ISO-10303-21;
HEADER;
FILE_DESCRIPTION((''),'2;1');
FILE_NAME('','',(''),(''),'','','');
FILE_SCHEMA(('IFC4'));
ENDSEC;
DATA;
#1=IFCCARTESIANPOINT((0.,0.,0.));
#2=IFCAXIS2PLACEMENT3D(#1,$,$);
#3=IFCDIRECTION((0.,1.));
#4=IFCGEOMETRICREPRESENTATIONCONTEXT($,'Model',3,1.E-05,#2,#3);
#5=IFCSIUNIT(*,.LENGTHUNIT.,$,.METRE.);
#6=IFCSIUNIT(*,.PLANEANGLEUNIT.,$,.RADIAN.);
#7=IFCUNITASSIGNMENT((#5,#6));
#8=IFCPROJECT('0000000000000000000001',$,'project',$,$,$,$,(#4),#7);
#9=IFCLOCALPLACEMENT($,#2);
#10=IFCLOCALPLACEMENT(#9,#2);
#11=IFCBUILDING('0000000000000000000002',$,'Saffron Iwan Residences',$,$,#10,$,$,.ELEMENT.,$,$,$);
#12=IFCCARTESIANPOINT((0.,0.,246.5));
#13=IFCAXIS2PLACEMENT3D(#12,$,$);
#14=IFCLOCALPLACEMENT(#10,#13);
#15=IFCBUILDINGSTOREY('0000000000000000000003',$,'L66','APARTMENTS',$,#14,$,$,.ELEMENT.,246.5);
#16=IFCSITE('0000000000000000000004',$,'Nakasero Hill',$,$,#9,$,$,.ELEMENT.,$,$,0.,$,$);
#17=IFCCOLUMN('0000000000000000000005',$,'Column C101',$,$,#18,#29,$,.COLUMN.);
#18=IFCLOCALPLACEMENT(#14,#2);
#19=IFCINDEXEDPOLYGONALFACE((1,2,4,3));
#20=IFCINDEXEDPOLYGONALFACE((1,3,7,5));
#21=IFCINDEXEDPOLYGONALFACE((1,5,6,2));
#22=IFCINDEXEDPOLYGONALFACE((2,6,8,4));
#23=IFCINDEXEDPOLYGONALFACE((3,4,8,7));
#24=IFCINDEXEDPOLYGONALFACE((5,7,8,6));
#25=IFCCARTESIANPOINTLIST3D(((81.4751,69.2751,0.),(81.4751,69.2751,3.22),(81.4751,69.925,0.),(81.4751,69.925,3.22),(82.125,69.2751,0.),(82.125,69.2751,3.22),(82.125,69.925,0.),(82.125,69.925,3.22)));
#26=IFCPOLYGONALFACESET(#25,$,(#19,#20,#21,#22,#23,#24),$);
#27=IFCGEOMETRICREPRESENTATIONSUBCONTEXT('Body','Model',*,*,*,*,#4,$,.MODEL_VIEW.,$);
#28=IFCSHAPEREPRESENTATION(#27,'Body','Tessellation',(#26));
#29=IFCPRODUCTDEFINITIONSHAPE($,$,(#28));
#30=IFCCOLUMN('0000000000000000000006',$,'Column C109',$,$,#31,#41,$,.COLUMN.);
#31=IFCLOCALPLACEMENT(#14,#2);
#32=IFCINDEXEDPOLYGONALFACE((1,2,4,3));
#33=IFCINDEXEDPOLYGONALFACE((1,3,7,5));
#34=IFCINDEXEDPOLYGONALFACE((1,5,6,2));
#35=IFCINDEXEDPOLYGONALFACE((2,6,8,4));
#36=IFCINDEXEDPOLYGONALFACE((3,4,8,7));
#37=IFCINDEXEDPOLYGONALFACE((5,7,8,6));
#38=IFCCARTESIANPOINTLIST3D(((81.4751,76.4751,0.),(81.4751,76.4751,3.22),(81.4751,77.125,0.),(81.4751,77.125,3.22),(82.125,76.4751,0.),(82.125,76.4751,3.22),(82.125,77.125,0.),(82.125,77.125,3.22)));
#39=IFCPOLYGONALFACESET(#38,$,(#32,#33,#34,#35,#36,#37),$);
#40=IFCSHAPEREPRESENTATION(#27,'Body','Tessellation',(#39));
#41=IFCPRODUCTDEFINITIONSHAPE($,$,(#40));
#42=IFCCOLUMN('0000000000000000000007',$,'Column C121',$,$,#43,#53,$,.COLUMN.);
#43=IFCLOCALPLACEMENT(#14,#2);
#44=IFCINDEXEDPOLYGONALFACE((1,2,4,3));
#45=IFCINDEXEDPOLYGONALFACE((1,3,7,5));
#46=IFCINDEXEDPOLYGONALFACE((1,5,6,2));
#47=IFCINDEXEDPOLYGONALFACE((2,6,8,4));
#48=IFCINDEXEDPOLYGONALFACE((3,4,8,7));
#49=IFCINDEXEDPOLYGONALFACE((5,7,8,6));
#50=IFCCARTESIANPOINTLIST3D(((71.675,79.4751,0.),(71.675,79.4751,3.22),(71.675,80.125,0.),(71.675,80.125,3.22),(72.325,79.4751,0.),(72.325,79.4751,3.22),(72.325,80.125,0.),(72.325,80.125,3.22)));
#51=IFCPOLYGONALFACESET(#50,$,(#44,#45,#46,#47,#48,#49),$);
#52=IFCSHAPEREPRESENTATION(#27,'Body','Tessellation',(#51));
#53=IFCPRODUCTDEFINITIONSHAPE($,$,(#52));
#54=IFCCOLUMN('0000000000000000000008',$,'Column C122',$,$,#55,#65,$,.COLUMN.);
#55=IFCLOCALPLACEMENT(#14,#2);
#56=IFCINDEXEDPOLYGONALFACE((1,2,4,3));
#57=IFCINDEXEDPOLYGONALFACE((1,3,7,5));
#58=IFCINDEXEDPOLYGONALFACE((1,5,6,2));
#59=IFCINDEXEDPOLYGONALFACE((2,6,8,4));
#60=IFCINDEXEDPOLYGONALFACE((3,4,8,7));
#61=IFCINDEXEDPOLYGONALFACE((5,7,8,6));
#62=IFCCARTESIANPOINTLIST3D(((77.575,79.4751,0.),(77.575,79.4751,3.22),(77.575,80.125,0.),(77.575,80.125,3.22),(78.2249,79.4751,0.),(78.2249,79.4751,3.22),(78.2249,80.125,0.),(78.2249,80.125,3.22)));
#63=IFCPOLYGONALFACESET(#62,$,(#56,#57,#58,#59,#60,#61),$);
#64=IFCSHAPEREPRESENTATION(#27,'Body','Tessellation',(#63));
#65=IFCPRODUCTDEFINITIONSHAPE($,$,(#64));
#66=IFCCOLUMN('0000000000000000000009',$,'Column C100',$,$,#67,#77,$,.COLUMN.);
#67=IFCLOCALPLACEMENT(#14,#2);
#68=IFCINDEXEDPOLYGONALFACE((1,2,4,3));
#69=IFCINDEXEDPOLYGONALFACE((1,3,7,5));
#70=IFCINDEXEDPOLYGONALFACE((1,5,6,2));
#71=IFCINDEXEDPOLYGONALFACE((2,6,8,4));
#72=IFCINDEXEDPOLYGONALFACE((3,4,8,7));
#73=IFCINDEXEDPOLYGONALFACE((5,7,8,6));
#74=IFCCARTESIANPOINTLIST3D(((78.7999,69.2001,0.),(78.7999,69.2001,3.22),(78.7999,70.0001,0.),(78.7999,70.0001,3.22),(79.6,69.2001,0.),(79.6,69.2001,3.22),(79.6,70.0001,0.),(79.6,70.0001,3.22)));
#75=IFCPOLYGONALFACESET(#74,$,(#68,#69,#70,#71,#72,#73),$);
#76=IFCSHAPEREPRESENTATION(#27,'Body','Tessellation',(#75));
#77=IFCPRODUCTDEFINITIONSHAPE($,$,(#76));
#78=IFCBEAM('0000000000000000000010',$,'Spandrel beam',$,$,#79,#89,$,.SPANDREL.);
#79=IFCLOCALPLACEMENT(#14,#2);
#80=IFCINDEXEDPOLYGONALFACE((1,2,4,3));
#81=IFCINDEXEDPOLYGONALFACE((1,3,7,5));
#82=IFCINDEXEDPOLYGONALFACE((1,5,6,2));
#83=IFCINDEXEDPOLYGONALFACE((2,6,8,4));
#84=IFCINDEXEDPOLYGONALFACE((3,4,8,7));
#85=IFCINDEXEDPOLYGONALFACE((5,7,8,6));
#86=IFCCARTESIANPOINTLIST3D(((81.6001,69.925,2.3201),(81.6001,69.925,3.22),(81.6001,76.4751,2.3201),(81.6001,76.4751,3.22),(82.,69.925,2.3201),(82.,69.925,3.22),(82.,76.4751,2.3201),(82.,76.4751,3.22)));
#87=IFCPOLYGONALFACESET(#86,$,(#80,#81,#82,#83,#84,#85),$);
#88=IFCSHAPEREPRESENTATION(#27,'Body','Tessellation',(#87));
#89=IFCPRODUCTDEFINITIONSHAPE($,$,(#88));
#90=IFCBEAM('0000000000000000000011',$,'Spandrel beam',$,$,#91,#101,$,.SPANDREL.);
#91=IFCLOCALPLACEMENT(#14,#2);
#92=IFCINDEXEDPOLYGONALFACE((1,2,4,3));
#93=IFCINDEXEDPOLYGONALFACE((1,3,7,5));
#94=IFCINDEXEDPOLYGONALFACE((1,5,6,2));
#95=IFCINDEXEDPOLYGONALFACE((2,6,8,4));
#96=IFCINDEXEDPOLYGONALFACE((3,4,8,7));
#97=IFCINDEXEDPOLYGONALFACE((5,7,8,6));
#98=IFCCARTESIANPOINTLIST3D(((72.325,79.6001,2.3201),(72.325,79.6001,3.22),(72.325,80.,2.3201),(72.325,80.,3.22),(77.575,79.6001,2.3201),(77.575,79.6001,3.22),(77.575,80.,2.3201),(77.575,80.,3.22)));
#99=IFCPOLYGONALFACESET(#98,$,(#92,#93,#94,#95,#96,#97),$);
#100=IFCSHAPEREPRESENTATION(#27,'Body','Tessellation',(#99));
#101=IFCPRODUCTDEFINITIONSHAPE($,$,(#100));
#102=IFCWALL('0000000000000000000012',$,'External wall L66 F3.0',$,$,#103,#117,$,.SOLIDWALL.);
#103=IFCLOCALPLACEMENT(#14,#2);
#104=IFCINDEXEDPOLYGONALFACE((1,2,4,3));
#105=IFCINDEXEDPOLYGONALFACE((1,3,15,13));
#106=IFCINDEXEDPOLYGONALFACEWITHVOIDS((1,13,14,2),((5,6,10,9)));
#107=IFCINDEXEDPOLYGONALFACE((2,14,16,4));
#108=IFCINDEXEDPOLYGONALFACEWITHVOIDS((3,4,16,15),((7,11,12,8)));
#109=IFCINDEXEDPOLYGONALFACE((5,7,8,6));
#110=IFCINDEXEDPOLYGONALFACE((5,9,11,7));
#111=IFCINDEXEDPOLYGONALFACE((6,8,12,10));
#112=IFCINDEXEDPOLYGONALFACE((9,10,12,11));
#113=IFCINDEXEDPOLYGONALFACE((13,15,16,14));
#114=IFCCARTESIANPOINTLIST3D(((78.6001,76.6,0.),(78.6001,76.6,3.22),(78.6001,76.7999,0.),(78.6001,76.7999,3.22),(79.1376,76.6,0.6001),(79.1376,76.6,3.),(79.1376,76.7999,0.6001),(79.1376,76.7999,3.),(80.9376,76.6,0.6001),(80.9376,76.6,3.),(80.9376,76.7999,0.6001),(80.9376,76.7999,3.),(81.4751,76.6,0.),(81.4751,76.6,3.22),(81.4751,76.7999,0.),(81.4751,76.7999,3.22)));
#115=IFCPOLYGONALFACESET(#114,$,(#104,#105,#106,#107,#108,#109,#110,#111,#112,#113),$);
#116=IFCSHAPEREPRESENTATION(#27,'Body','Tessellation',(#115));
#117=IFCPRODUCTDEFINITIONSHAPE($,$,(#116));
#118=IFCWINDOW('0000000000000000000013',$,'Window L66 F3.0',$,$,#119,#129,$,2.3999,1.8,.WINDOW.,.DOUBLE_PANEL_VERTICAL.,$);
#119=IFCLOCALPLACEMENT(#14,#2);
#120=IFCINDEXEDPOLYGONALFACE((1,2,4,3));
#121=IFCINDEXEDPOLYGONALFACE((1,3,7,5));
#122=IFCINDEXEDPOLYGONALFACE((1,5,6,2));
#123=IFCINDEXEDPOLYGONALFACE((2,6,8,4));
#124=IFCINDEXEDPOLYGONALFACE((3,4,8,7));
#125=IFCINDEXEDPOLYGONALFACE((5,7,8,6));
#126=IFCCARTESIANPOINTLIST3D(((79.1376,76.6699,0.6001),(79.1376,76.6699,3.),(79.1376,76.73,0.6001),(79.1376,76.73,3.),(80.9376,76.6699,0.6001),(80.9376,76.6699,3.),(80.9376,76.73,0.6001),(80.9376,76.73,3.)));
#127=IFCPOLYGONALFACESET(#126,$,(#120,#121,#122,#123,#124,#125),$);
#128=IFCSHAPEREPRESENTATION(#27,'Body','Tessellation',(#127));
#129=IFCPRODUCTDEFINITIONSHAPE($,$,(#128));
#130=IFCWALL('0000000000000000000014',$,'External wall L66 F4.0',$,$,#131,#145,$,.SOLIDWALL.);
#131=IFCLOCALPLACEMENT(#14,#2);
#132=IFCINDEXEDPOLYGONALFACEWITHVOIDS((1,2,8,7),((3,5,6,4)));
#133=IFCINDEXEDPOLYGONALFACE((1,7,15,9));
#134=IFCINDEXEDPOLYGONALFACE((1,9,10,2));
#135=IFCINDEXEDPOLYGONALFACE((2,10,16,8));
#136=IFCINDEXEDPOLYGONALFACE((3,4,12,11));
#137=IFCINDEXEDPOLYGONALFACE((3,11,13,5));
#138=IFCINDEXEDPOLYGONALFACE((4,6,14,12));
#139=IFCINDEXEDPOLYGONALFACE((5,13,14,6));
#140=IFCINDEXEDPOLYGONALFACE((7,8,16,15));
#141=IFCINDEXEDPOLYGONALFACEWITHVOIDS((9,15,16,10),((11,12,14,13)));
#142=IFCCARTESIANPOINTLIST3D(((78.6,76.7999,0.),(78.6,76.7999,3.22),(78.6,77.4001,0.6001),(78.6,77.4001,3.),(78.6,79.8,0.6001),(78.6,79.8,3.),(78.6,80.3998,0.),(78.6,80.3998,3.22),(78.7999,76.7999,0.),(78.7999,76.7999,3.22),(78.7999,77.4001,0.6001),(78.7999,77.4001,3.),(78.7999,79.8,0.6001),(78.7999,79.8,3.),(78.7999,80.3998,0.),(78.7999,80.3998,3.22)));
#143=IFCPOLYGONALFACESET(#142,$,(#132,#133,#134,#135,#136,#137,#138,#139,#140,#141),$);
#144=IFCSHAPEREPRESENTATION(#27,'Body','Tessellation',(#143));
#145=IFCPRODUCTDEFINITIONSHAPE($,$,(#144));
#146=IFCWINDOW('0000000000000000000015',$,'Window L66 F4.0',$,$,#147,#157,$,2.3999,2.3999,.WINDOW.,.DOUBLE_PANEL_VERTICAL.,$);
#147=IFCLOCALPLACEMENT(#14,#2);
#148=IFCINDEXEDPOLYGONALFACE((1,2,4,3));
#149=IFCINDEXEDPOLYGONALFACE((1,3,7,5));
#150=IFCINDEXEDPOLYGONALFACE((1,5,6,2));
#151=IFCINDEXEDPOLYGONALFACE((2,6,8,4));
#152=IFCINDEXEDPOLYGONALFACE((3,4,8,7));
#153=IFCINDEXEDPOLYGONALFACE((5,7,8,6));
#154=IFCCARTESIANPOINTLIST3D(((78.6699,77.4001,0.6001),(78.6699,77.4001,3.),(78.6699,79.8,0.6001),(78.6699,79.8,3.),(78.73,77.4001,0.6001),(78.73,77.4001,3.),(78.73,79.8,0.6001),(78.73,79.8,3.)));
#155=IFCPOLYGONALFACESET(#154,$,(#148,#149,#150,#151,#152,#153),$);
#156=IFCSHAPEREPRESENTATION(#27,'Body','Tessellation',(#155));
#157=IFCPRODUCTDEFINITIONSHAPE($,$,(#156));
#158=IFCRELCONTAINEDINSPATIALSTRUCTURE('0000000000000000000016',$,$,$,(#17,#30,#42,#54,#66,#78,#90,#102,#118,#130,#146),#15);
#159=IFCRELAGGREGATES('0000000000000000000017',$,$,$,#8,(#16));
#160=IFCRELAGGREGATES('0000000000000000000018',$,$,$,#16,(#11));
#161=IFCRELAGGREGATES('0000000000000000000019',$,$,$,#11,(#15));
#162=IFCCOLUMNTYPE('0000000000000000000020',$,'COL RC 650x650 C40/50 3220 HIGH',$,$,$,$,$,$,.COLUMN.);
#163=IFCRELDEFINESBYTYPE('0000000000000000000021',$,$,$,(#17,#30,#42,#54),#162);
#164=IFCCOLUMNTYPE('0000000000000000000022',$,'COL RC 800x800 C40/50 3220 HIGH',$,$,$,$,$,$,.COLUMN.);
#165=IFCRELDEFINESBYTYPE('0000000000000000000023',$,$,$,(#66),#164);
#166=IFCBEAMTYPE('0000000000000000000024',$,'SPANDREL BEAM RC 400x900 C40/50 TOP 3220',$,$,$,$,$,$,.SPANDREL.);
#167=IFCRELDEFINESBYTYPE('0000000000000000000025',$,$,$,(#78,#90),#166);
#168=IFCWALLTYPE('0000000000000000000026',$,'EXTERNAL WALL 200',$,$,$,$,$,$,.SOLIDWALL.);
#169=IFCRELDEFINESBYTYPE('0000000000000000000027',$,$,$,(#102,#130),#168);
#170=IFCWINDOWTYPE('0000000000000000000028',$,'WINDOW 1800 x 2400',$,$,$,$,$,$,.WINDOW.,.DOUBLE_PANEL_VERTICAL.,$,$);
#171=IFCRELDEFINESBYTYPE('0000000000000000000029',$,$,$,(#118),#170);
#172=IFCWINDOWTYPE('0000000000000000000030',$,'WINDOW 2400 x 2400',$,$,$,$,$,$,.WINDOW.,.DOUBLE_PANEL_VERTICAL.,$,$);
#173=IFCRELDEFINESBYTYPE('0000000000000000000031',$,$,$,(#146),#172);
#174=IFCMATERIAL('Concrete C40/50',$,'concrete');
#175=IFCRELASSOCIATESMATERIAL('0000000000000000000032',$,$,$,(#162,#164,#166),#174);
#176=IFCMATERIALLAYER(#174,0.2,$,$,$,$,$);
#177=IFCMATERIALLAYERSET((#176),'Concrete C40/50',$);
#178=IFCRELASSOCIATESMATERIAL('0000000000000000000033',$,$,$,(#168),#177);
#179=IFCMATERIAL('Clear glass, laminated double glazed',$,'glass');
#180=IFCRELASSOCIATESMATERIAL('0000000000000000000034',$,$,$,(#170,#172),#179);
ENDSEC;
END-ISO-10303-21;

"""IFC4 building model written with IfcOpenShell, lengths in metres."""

from ifc_helpers import new_model, si_unit, direction, frame, frame_2d, origin, origin_2d, place, context, subcontext, project, spatial, rectangle, extrude, source, transform, mapped, material, layer, layer_set, material_profile, profile_set, type_object, element, fill, save


model = new_model("IFC4")

# Units and contexts
model_context = context("Model", 3, precision=1e-05, world=origin(), true_north=direction((0.0, 1.0)))
body_context = subcontext(model_context, "Body", "Model", "MODEL_VIEW")
ifc_project = project(units=[si_unit("LENGTHUNIT", "METRE"), si_unit("PLANEANGLEUNIT", "RADIAN")], contexts=[model_context])

# Site, building, storey
site_placement = place(None, origin())
site = spatial("IfcSite", under=ifc_project, at=site_placement, Name="Nakasero Hill", CompositionType="ELEMENT", RefElevation=0.0)
building_placement = place(site_placement, origin())
building = spatial("IfcBuilding", under=site, at=building_placement, Name="Saffron Iwan Residences", CompositionType="ELEMENT")
storey_placement = place(building_placement, frame((0.0, 0.0, 246.5)))
storey = spatial("IfcBuildingStorey", under=building, at=storey_placement, Name="L66", Description="APARTMENTS", CompositionType="ELEMENT", Elevation=246.5)

# Columns
ifc_material_1 = material(Name="Concrete C40/50", Category="concrete")
ifc_material_profile_1 = material_profile(ifc_material_1, rectangle(XDim=0.6499, YDim=0.6499, at=origin_2d()), Name="RC 650x650")
ifc_profile_set_1 = profile_set([ifc_material_profile_1], Name="Concrete C40/50")
column_type_1 = type_object("IfcColumnType", Name="COL RC 650x650 C40/50 3220 HIGH", PredefinedType="COLUMN", material=ifc_profile_set_1)
shared_shape_1 = source(origin(), body_context, "Body", "SweptSolid", [
    extrude(rectangle(XDim=0.6499, YDim=0.6499, at=origin_2d()), origin(), (0.0, 0.0, 1.0), 3.22),
])
for number, where, z_axis, x_axis, name in (
    (1, (81.8, 69.6001, 0.0), (0.0, 0.0, 1.0), (1.0, 0.0, 0.0), "Column C101"),
    (2, (81.8, 76.8, 0.0), (0.0, 0.0, 1.0), (1.0, 0.0, 0.0), "Column C109"),
    (3, (72.0, 79.8, 0.0), (0.0, 0.0, 1.0), (1.0, 0.0, 0.0), "Column C121"),
    (4, (77.8999, 79.8, 0.0), (0.0, 0.0, 1.0), (1.0, 0.0, 0.0), "Column C122"),
):
    element("IfcColumn", number, at=place(storey_placement, frame(where, z_axis=z_axis, x_axis=x_axis)), inside=storey, type_object=column_type_1, Name=name, PredefinedType="COLUMN", context=body_context, shape_type="MappedRepresentation", body=[
        mapped(shared_shape_1, transform((0.0, 0.0, 0.0))),
    ])
ifc_material_profile_2 = material_profile(ifc_material_1, rectangle(XDim=0.8, YDim=0.8, at=origin_2d()), Name="RC 800x800")
ifc_profile_set_2 = profile_set([ifc_material_profile_2], Name="Concrete C40/50")
column_type_2 = type_object("IfcColumnType", Name="COL RC 800x800 C40/50 3220 HIGH", PredefinedType="COLUMN", material=ifc_profile_set_2)
shared_shape_2 = source(origin(), body_context, "Body", "SweptSolid", [
    extrude(rectangle(XDim=0.8, YDim=0.8, at=origin_2d()), origin(), (0.0, 0.0, 1.0), 3.22),
])
column_placement = place(storey_placement, frame((79.2, 69.6001, 0.0), z_axis=(0.0, 0.0, 1.0), x_axis=(1.0, 0.0, 0.0)))
element("IfcColumn", 5, at=column_placement, inside=storey, type_object=column_type_2, Name="Column C100", PredefinedType="COLUMN", context=body_context, shape_type="MappedRepresentation", body=[
    mapped(shared_shape_2, transform((0.0, 0.0, 0.0))),
])

# Beams
ifc_material_profile_3 = material_profile(ifc_material_1, rectangle(XDim=0.3999, YDim=0.8999, at=origin_2d()), Name="RC 400x900")
ifc_profile_set_3 = profile_set([ifc_material_profile_3], Name="Concrete C40/50")
beam_type = type_object("IfcBeamType", Name="SPANDREL BEAM RC 400x900 C40/50 TOP 3220", PredefinedType="SPANDREL", material=ifc_profile_set_3)
shared_shape_3 = source(origin(), body_context, "Body", "SweptSolid", [
    extrude(rectangle(XDim=0.3999, YDim=0.8999, at=origin_2d()), origin(), (0.0, 0.0, 1.0), 6.55),
])
beam_1_placement = place(storey_placement, frame((81.8, 76.4751, 2.77), z_axis=(0.0, -1.0, 0.0), x_axis=(1.0, 0.0, 0.0)))
element("IfcBeam", 6, at=beam_1_placement, inside=storey, type_object=beam_type, Name="Spandrel beam", PredefinedType="SPANDREL", context=body_context, shape_type="MappedRepresentation", body=[
    mapped(shared_shape_3, transform((0.0, 0.0, 0.0))),
])
shared_shape_4 = source(origin(), body_context, "Body", "SweptSolid", [
    extrude(rectangle(XDim=0.3999, YDim=0.8999, at=origin_2d()), origin(), (0.0, 0.0, 1.0), 5.25),
])
beam_2_placement = place(storey_placement, frame((72.325, 79.8, 2.77), z_axis=(1.0, 0.0, 0.0), x_axis=(0.0, 1.0, 0.0)))
element("IfcBeam", 7, at=beam_2_placement, inside=storey, type_object=beam_type, Name="Spandrel beam", PredefinedType="SPANDREL", context=body_context, shape_type="MappedRepresentation", body=[
    mapped(shared_shape_4, transform((0.0, 0.0, 0.0))),
])

# Walls, openings, windows
ifc_layer_1 = layer(ifc_material_1, 0.2)
ifc_layer_set_1 = layer_set([ifc_layer_1], Name="Concrete C40/50")
wall_type_1 = type_object("IfcWallType", Name="EXTERNAL WALL 200", PredefinedType="SOLIDWALL", material=ifc_layer_set_1)
wall_1_placement = place(storey_placement, frame((81.4751, 76.7, 0.0), z_axis=(0.0, 0.0, 1.0), x_axis=(-1.0, 0.0, 0.0)))
wall_1 = element("IfcWall", 8, at=wall_1_placement, inside=storey, type_object=wall_type_1, Name="External wall L66 F3.0", PredefinedType="SOLIDWALL", context=body_context, shape_type="SweptSolid", body=[
    extrude(rectangle(XDim=2.875, YDim=0.2, at=frame_2d((1.4375, 0.0))), origin(), (0.0, 0.0, 1.0), 3.22),
])
opening_1_placement = place(wall_1_placement, frame((0.5376, 0.0, 0.6001)))
opening_1 = element("IfcOpeningElement", 9, at=opening_1_placement, cuts=wall_1, PredefinedType="OPENING", context=body_context, shape_type="SweptSolid", body=[
    extrude(rectangle(XDim=1.8, YDim=2.3999, at=frame_2d((0.8999, 1.2))), frame((0.0, 0.1099, 0.0), z_axis=(0.0, -1.0, 0.0), x_axis=(1.0, 0.0, 0.0)), (0.0, 0.0, 1.0), 0.22),
])
ifc_material_2 = material(Name="Clear glass, laminated double glazed", Category="glass")
window_type_1 = type_object("IfcWindowType", Name="WINDOW 1800 x 2400", PartitioningType="DOUBLE_PANEL_VERTICAL", PredefinedType="WINDOW", material=ifc_material_2)
window_1_placement = place(opening_1_placement, origin())
window_1 = element("IfcWindow", 10, at=window_1_placement, inside=storey, type_object=window_type_1, Name="Window L66 F3.0", OverallHeight=2.3999, OverallWidth=1.8, PartitioningType="DOUBLE_PANEL_VERTICAL", PredefinedType="WINDOW", context=body_context, shape_type="SweptSolid", body=[
    extrude(rectangle(XDim=1.8, YDim=2.3999, at=frame_2d((0.8999, 1.2))), frame((0.0, 0.03, 0.0), z_axis=(0.0, -1.0, 0.0), x_axis=(1.0, 0.0, 0.0)), (0.0, 0.0, 1.0), 0.0601),
])
fill(opening_1, window_1)
wall_2_placement = place(storey_placement, frame((78.7, 76.8, 0.0), z_axis=(0.0, 0.0, 1.0), x_axis=(0.0, 1.0, 0.0)))
wall_2 = element("IfcWall", 11, at=wall_2_placement, inside=storey, type_object=wall_type_1, Name="External wall L66 F4.0", PredefinedType="SOLIDWALL", context=body_context, shape_type="SweptSolid", body=[
    extrude(rectangle(XDim=3.5999, YDim=0.2, at=frame_2d((1.7998, 0.0))), origin(), (0.0, 0.0, 1.0), 3.22),
])
opening_2_placement = place(wall_2_placement, frame((0.6001, 0.0, 0.6001)))
opening_2 = element("IfcOpeningElement", 12, at=opening_2_placement, cuts=wall_2, PredefinedType="OPENING", context=body_context, shape_type="SweptSolid", body=[
    extrude(rectangle(XDim=2.3999, YDim=2.3999, at=frame_2d((1.2, 1.2))), frame((0.0, 0.1099, 0.0), z_axis=(0.0, -1.0, 0.0), x_axis=(1.0, 0.0, 0.0)), (0.0, 0.0, 1.0), 0.22),
])
window_type_2 = type_object("IfcWindowType", Name="WINDOW 2400 x 2400", PartitioningType="DOUBLE_PANEL_VERTICAL", PredefinedType="WINDOW", material=ifc_material_2)
window_2_placement = place(opening_2_placement, origin())
window_2 = element("IfcWindow", 13, at=window_2_placement, inside=storey, type_object=window_type_2, Name="Window L66 F4.0", OverallHeight=2.3999, OverallWidth=2.3999, PartitioningType="DOUBLE_PANEL_VERTICAL", PredefinedType="WINDOW", context=body_context, shape_type="SweptSolid", body=[
    extrude(rectangle(XDim=2.3999, YDim=2.3999, at=frame_2d((1.2, 1.2))), frame((0.0, 0.03, 0.0), z_axis=(0.0, -1.0, 0.0), x_axis=(1.0, 0.0, 0.0)), (0.0, 0.0, 1.0), 0.0601),
])
fill(opening_2, window_2)

save(model, "model.ifc")
